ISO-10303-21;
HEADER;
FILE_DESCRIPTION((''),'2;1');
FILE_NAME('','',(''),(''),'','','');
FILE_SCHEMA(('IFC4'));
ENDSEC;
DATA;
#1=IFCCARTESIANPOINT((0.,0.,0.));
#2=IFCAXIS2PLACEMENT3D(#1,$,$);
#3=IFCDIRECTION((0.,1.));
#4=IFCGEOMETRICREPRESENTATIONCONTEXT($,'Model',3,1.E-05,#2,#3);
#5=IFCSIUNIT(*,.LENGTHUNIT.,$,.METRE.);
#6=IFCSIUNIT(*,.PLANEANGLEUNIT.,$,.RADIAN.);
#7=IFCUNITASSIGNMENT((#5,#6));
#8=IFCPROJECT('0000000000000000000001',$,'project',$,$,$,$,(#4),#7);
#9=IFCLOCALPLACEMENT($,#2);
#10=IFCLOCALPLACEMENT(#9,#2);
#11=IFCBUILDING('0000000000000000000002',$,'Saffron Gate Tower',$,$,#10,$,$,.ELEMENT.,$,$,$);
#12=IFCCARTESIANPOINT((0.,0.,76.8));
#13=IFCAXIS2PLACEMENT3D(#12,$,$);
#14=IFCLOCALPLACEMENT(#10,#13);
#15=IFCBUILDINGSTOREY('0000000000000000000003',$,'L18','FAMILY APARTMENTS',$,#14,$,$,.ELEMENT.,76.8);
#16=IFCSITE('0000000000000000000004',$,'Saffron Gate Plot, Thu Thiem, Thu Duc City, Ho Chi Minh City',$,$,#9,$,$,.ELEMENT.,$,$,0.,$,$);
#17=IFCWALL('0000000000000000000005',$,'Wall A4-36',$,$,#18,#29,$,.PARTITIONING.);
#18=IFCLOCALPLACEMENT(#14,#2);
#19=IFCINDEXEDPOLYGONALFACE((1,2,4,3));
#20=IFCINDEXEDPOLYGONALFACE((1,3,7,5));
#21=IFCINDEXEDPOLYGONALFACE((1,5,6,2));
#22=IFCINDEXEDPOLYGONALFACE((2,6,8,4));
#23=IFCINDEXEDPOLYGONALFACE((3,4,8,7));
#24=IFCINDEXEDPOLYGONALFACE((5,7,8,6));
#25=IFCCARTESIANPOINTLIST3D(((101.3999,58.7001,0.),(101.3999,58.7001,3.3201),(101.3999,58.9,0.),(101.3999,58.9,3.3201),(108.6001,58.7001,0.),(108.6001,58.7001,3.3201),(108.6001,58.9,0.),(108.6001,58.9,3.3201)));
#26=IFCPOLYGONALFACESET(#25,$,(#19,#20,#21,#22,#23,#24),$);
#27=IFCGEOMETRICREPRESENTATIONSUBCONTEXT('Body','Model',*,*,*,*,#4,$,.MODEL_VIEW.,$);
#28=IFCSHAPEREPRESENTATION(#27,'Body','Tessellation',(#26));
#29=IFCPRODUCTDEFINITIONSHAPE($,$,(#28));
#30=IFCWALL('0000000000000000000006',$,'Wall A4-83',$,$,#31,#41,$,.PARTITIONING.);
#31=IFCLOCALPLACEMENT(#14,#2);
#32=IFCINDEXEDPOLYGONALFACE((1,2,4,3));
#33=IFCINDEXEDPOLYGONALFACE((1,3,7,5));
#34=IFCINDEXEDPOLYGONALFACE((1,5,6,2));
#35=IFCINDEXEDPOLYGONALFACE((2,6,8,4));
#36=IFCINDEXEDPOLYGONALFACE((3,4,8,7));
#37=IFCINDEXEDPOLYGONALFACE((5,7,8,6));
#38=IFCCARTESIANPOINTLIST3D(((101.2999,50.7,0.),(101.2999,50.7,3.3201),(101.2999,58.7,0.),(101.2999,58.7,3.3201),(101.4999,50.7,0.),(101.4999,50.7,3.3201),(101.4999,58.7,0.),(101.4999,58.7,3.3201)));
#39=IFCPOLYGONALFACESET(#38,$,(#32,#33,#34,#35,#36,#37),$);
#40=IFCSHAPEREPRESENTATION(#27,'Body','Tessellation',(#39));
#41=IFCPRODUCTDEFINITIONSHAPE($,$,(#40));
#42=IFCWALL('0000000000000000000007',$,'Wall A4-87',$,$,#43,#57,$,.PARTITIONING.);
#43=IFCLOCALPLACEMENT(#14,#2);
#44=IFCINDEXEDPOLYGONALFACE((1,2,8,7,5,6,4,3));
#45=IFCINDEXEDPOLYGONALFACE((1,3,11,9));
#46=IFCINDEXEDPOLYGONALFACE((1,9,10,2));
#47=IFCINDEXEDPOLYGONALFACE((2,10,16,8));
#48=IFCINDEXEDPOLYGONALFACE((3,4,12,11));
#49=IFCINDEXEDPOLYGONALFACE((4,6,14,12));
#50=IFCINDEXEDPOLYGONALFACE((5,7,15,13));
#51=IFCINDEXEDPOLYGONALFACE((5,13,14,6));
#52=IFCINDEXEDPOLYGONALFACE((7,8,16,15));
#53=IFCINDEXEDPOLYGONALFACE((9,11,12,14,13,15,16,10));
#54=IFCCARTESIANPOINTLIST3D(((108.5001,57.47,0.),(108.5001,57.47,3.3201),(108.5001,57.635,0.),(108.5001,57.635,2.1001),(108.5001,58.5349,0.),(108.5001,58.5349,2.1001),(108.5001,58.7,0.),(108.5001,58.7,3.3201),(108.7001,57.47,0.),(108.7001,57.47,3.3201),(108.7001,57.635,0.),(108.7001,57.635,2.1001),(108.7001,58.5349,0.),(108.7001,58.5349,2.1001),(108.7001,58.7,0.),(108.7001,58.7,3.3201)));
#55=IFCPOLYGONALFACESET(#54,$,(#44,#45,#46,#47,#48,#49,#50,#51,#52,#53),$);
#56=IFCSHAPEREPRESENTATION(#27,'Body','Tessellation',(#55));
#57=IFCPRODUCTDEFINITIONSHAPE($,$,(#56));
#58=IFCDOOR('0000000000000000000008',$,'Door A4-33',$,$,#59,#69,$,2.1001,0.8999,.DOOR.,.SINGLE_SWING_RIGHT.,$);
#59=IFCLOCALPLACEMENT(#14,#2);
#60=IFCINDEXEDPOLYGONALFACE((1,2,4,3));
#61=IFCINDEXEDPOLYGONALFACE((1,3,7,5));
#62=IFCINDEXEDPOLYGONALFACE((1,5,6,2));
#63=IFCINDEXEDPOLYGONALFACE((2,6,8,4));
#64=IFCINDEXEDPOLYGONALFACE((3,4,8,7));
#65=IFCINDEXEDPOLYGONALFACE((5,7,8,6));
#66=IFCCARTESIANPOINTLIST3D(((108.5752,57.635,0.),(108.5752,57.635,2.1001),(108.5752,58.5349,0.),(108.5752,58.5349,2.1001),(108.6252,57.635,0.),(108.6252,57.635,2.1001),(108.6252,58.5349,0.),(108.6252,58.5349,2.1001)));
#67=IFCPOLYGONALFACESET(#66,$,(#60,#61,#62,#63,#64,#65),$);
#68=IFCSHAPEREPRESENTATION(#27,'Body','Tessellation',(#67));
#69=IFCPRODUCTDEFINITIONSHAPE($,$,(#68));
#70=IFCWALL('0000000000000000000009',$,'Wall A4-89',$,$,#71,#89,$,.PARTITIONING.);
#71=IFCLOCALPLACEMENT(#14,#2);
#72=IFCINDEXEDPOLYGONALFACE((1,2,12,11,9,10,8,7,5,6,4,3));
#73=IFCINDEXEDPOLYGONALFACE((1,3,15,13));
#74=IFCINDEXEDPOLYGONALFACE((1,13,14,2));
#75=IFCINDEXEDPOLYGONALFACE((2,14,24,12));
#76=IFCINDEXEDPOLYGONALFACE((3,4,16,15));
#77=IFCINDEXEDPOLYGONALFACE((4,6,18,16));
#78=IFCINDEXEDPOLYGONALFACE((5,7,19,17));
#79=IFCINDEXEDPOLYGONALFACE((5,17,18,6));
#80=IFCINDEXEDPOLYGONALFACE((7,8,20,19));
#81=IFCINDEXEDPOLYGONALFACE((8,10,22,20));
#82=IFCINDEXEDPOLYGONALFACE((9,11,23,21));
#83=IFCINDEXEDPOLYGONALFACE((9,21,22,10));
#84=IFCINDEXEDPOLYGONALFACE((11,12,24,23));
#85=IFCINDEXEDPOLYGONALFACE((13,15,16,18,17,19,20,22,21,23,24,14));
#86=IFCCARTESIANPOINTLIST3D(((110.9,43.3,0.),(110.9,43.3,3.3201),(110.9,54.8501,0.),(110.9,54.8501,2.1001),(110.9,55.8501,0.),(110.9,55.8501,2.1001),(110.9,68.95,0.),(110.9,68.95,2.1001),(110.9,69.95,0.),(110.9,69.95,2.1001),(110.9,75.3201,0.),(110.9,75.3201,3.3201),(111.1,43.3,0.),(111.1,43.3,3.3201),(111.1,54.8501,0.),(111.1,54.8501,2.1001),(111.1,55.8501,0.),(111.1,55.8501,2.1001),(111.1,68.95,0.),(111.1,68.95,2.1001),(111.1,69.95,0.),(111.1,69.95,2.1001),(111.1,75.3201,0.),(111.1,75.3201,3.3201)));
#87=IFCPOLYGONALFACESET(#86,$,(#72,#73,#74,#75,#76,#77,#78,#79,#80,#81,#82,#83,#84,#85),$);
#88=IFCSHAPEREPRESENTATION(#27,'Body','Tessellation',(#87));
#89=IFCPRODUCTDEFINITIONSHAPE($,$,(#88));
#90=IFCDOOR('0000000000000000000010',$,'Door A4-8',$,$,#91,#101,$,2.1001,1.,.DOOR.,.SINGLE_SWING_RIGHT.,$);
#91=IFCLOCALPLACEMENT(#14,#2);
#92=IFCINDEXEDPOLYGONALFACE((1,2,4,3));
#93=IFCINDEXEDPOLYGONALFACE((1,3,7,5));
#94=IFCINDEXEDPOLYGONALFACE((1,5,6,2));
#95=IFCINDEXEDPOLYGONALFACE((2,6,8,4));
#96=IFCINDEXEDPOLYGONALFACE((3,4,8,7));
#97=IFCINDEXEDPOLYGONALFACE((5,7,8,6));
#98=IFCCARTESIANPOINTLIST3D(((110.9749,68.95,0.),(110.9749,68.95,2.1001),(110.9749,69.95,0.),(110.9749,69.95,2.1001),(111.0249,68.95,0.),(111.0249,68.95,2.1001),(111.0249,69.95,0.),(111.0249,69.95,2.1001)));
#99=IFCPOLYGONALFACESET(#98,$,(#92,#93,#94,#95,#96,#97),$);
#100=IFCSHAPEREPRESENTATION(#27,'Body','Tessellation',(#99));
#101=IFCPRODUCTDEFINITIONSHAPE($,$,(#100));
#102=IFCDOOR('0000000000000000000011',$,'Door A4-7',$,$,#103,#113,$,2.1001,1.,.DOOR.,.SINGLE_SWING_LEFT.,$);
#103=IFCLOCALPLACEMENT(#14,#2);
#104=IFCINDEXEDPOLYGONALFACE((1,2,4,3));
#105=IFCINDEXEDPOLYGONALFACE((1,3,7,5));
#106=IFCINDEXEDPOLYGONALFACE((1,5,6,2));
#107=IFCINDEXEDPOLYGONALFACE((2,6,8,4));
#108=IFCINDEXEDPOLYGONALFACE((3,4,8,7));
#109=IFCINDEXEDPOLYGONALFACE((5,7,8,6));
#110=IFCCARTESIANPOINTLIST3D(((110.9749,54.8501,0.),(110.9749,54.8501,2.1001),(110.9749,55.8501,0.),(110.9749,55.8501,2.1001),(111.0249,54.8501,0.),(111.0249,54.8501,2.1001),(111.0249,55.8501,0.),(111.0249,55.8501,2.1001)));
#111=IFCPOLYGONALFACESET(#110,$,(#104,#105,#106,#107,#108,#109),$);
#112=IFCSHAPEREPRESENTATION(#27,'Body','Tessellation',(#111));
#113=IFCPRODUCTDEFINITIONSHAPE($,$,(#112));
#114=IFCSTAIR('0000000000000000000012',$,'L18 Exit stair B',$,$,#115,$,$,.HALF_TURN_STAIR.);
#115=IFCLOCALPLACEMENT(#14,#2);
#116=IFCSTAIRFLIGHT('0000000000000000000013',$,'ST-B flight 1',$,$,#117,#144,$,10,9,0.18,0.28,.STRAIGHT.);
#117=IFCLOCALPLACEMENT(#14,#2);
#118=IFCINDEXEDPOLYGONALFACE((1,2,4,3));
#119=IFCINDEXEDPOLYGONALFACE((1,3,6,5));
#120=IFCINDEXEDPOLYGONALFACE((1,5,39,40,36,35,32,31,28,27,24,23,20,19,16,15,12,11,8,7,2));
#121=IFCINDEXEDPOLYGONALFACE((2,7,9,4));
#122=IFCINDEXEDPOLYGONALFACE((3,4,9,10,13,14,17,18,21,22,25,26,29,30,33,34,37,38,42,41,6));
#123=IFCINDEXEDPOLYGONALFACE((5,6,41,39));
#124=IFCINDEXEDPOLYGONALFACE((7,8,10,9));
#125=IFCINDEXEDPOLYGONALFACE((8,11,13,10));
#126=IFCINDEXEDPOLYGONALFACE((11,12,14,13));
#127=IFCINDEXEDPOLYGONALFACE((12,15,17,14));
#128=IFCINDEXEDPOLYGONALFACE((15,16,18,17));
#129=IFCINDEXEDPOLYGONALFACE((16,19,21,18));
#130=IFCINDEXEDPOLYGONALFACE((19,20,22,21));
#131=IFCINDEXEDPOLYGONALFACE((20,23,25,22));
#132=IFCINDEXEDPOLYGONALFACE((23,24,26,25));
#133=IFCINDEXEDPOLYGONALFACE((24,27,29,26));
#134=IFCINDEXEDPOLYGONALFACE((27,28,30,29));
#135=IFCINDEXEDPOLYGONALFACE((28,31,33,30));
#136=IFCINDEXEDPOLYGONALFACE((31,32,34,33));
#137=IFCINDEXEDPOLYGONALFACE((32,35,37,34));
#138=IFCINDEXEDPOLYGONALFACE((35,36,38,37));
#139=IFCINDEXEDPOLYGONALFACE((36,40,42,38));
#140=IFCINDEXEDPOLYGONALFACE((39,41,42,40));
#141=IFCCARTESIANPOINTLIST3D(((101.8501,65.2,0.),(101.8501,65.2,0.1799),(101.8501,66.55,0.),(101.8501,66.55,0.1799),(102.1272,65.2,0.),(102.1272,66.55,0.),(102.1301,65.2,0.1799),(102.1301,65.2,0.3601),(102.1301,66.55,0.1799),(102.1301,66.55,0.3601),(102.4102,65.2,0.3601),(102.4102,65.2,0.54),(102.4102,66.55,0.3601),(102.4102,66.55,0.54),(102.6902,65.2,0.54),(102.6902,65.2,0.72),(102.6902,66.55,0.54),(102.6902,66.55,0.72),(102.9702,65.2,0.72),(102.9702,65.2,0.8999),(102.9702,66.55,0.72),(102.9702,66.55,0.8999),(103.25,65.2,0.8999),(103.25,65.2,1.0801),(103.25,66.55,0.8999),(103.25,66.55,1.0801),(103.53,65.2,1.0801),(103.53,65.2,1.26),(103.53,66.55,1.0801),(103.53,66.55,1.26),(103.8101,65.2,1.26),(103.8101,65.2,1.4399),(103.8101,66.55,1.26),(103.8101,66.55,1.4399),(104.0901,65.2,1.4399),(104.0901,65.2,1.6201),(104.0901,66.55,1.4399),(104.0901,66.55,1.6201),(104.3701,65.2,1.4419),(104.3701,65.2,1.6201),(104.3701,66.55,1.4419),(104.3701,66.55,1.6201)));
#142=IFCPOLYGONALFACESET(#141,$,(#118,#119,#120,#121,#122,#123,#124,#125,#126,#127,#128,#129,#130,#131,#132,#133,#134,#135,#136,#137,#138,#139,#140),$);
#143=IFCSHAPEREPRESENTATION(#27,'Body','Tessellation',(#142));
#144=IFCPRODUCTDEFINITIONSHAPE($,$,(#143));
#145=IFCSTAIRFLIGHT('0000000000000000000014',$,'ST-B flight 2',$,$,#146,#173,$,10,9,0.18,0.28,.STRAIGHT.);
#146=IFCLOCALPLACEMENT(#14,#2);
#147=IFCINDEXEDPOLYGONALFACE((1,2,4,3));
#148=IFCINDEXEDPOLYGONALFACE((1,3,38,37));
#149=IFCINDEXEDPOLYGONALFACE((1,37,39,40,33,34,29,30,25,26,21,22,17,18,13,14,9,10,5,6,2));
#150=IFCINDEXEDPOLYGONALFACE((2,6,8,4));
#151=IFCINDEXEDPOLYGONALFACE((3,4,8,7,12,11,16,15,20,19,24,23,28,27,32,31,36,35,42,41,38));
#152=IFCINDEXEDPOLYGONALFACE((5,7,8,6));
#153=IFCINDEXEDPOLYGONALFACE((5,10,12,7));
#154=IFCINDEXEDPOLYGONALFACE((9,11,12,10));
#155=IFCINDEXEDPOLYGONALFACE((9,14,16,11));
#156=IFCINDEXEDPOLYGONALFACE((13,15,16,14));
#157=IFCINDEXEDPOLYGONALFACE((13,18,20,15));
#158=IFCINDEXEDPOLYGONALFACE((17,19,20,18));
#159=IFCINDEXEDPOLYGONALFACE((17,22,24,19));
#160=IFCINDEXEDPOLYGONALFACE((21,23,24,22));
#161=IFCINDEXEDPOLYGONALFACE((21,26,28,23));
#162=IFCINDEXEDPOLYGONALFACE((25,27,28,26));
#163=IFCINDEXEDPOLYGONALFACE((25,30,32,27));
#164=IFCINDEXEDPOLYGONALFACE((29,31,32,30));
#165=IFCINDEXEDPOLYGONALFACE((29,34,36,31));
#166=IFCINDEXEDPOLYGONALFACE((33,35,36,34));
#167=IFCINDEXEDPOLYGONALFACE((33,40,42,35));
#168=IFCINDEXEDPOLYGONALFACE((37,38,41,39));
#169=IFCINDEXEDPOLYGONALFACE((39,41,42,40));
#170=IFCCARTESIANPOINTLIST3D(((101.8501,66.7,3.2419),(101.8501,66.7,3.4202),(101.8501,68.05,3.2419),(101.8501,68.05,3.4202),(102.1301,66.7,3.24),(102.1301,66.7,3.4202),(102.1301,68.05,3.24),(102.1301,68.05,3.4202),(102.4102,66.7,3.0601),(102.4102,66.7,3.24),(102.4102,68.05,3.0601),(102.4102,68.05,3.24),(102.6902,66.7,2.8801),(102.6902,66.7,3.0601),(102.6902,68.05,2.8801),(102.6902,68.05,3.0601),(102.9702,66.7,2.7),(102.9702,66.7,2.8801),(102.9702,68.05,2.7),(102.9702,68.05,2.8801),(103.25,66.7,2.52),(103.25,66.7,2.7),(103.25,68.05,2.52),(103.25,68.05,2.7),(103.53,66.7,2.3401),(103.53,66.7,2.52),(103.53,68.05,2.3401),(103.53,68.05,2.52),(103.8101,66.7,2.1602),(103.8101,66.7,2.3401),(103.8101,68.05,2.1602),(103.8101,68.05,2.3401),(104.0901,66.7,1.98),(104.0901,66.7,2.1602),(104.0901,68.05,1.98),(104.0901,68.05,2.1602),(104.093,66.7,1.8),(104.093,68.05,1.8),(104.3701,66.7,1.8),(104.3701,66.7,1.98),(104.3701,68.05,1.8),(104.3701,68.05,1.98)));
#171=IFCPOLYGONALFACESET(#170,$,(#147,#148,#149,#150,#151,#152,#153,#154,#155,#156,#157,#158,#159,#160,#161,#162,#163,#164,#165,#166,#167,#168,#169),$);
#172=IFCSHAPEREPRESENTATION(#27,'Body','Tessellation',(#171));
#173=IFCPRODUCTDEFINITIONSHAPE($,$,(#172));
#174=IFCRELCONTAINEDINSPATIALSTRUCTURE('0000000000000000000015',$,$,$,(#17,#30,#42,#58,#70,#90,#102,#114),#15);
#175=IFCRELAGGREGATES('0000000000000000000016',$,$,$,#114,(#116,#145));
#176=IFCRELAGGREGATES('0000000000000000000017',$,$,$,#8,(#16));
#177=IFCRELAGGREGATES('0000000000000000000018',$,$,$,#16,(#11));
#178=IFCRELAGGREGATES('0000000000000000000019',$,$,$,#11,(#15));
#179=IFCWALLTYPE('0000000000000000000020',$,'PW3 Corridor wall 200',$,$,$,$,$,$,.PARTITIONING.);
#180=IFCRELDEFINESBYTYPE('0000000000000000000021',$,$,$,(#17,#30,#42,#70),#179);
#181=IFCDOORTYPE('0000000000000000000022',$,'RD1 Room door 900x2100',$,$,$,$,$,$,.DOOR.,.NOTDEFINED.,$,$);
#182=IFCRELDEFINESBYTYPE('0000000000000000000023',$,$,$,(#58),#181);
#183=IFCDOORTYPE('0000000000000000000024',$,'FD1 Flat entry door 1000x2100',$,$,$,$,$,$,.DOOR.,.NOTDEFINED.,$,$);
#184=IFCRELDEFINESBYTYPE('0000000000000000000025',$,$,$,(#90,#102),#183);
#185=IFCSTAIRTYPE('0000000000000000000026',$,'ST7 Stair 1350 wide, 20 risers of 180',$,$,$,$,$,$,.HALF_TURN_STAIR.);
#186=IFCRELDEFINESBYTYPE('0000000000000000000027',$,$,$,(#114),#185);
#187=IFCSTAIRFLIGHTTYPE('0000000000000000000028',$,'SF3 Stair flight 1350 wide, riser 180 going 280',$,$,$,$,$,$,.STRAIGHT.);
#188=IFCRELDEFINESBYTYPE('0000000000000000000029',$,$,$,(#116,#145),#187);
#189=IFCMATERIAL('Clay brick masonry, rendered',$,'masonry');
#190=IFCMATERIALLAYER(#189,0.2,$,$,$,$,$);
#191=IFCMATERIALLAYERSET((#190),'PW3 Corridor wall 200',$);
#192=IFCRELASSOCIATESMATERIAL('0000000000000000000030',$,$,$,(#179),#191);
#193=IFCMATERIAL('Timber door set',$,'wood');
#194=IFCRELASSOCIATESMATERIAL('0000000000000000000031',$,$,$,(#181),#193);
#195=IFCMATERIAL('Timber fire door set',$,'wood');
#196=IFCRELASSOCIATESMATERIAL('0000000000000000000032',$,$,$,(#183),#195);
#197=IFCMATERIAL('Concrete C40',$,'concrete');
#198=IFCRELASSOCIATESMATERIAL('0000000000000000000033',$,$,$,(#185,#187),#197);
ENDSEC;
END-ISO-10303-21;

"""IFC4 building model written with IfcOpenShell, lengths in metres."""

from ifc_helpers import new_model, si_unit, direction, frame, frame_2d, origin, place, context, subcontext, project, spatial, polyline, rectangle, outline, extrude, material, layer, layer_set, type_object, element, fill, aggregate, save


model = new_model("IFC4")

# Units and contexts
model_context = context("Model", 3, precision=1e-05, world=origin(), true_north=direction((0.0, 1.0)))
body_context = subcontext(model_context, "Body", "Model", "MODEL_VIEW")
ifc_project = project(units=[si_unit("LENGTHUNIT", "METRE"), si_unit("PLANEANGLEUNIT", "RADIAN")], contexts=[model_context])

# Site, building, storey
site_placement = place(None, origin())
site = spatial("IfcSite", under=ifc_project, at=site_placement, Name="Saffron Gate Plot, Thu Thiem, Thu Duc City, Ho Chi Minh City", CompositionType="ELEMENT", RefElevation=0.0)
building_placement = place(site_placement, origin())
building = spatial("IfcBuilding", under=site, at=building_placement, Name="Saffron Gate Tower", CompositionType="ELEMENT")
storey_placement = place(building_placement, frame((0.0, 0.0, 76.8)))
storey = spatial("IfcBuildingStorey", under=building, at=storey_placement, Name="L18", Description="FAMILY APARTMENTS", CompositionType="ELEMENT", Elevation=76.8)

# Walls
ifc_material_1 = material(Name="Clay brick masonry, rendered", Category="masonry")
ifc_layer_1 = layer(ifc_material_1, 0.2)
ifc_layer_set_1 = layer_set([ifc_layer_1], Name="PW3 Corridor wall 200")
wall_type_1 = type_object("IfcWallType", Name="PW3 Corridor wall 200", PredefinedType="PARTITIONING", material=ifc_layer_set_1)
wall_1_placement = place(storey_placement, frame((101.3999, 58.8, 0.0), z_axis=(0.0, 0.0, 1.0), x_axis=(1.0, 0.0, 0.0)))
element("IfcWall", 1, at=wall_1_placement, inside=storey, type_object=wall_type_1, Name="Wall A4-36", PredefinedType="PARTITIONING", context=body_context, shape_type="SweptSolid", body=[
    extrude(rectangle(XDim=7.2002, YDim=0.2, at=frame_2d((3.6001, 0.0))), origin(), (0.0, 0.0, 1.0), 3.3201),
])
wall_2_placement = place(storey_placement, frame((101.3999, 58.7, 0.0), z_axis=(0.0, 0.0, 1.0), x_axis=(0.0, -1.0, 0.0)))
element("IfcWall", 2, at=wall_2_placement, inside=storey, type_object=wall_type_1, Name="Wall A4-83", PredefinedType="PARTITIONING", context=body_context, shape_type="SweptSolid", body=[
    extrude(rectangle(XDim=8.0, YDim=0.2, at=frame_2d((4.0, 0.0))), origin(), (0.0, 0.0, 1.0), 3.3201),
])

# Wall, opening, door
wall_3_placement = place(storey_placement, frame((108.6001, 57.47, 0.0), z_axis=(0.0, 0.0, 1.0), x_axis=(0.0, 1.0, 0.0)))
wall_3 = element("IfcWall", 3, at=wall_3_placement, inside=storey, type_object=wall_type_1, Name="Wall A4-87", PredefinedType="PARTITIONING", context=body_context, shape_type="SweptSolid", body=[
    extrude(rectangle(XDim=1.23, YDim=0.2, at=frame_2d((0.615, 0.0))), origin(), (0.0, 0.0, 1.0), 3.3201),
])
opening_1_placement = place(wall_3_placement, frame((0.165, 0.0, 0.0)))
opening_1 = element("IfcOpeningElement", 4, at=opening_1_placement, cuts=wall_3, PredefinedType="OPENING", context=body_context, shape_type="SweptSolid", body=[
    extrude(rectangle(XDim=0.8999, YDim=2.1001, at=frame_2d((0.45, 1.05))), frame((0.0, 0.1099, 0.0), z_axis=(0.0, -1.0, 0.0), x_axis=(1.0, 0.0, 0.0)), (0.0, 0.0, 1.0), 0.22),
])
ifc_material_2 = material(Name="Timber door set", Category="wood")
door_type_1 = type_object("IfcDoorType", Name="RD1 Room door 900x2100", OperationType="NOTDEFINED", PredefinedType="DOOR", material=ifc_material_2)
door_1_placement = place(opening_1_placement, origin())
door_1 = element("IfcDoor", 5, at=door_1_placement, inside=storey, type_object=door_type_1, Name="Door A4-33", OperationType="SINGLE_SWING_RIGHT", OverallHeight=2.1001, OverallWidth=0.8999, PredefinedType="DOOR", context=body_context, shape_type="SweptSolid", body=[
    extrude(rectangle(XDim=0.8999, YDim=2.1001, at=frame_2d((0.45, 1.05))), frame((0.0, 0.0249, 0.0), z_axis=(0.0, -1.0, 0.0), x_axis=(1.0, 0.0, 0.0)), (0.0, 0.0, 1.0), 0.05),
])
fill(opening_1, door_1)

# Wall, openings, doors
wall_4_placement = place(storey_placement, frame((111.0, 75.3201, 0.0), z_axis=(0.0, 0.0, 1.0), x_axis=(0.0, -1.0, 0.0)))
wall_4 = element("IfcWall", 6, at=wall_4_placement, inside=storey, type_object=wall_type_1, Name="Wall A4-89", PredefinedType="PARTITIONING", context=body_context, shape_type="SweptSolid", body=[
    extrude(rectangle(XDim=32.02, YDim=0.2, at=frame_2d((16.01, 0.0))), origin(), (0.0, 0.0, 1.0), 3.3201),
])
opening_2_placement = place(wall_4_placement, frame((5.3701, 0.0, 0.0)))
opening_2 = element("IfcOpeningElement", 7, at=opening_2_placement, cuts=wall_4, PredefinedType="OPENING", context=body_context, shape_type="SweptSolid", body=[
    extrude(rectangle(XDim=1.0, YDim=2.1001, at=frame_2d((0.5, 1.05))), frame((0.0, 0.1099, 0.0), z_axis=(0.0, -1.0, 0.0), x_axis=(1.0, 0.0, 0.0)), (0.0, 0.0, 1.0), 0.22),
])
opening_3_placement = place(wall_4_placement, frame((19.47, 0.0, 0.0)))
opening_3 = element("IfcOpeningElement", 8, at=opening_3_placement, cuts=wall_4, PredefinedType="OPENING", context=body_context, shape_type="SweptSolid", body=[
    extrude(rectangle(XDim=1.0, YDim=2.1001, at=frame_2d((0.5, 1.05))), frame((0.0, 0.1099, 0.0), z_axis=(0.0, -1.0, 0.0), x_axis=(1.0, 0.0, 0.0)), (0.0, 0.0, 1.0), 0.22),
])
ifc_material_3 = material(Name="Timber fire door set", Category="wood")
door_type_2 = type_object("IfcDoorType", Name="FD1 Flat entry door 1000x2100", OperationType="NOTDEFINED", PredefinedType="DOOR", material=ifc_material_3)
door_2_placement = place(opening_2_placement, origin())
door_2 = element("IfcDoor", 9, at=door_2_placement, inside=storey, type_object=door_type_2, Name="Door A4-8", OperationType="SINGLE_SWING_RIGHT", OverallHeight=2.1001, OverallWidth=1.0, PredefinedType="DOOR", context=body_context, shape_type="SweptSolid", body=[
    extrude(rectangle(XDim=1.0, YDim=2.1001, at=frame_2d((0.5, 1.05))), frame((0.0, 0.0249, 0.0), z_axis=(0.0, -1.0, 0.0), x_axis=(1.0, 0.0, 0.0)), (0.0, 0.0, 1.0), 0.05),
])
fill(opening_2, door_2)
door_3_placement = place(opening_3_placement, origin())
door_3 = element("IfcDoor", 10, at=door_3_placement, inside=storey, type_object=door_type_2, Name="Door A4-7", OperationType="SINGLE_SWING_LEFT", OverallHeight=2.1001, OverallWidth=1.0, PredefinedType="DOOR", context=body_context, shape_type="SweptSolid", body=[
    extrude(rectangle(XDim=1.0, YDim=2.1001, at=frame_2d((0.5, 1.05))), frame((0.0, 0.0249, 0.0), z_axis=(0.0, -1.0, 0.0), x_axis=(1.0, 0.0, 0.0)), (0.0, 0.0, 1.0), 0.05),
])
fill(opening_3, door_3)

# Stair, stair flights
ifc_material_4 = material(Name="Concrete C40", Category="concrete")
stair_type = type_object("IfcStairType", Name="ST7 Stair 1350 wide, 20 risers of 180", PredefinedType="HALF_TURN_STAIR", material=ifc_material_4)
stair_placement = place(storey_placement, origin())
stair = element("IfcStair", 11, at=stair_placement, inside=storey, type_object=stair_type, Name="L18 Exit stair B", PredefinedType="HALF_TURN_STAIR")
stair_flight_type = type_object("IfcStairFlightType", Name="SF3 Stair flight 1350 wide, riser 180 going 280", PredefinedType="STRAIGHT", material=ifc_material_4)
stair_flight_1_placement = place(storey_placement, frame((101.8501, 65.875, 0.0), z_axis=(0.0, 0.0, 1.0), x_axis=(1.0, 0.0, 0.0)))
stair_flight_1 = element("IfcStairFlight", 12, at=stair_flight_1_placement, type_object=stair_flight_type, Name="ST-B flight 1", NumberOfRisers=10, NumberOfTreads=9, PredefinedType="STRAIGHT", RiserHeight=0.18, TreadLength=0.28, context=body_context, shape_type="SweptSolid", body=[
    extrude(outline(polyline([(0.0, 0.0), (0.0, 0.1799), (0.28, 0.1799), (0.28, 0.3601), (0.5601, 0.3601), (0.5601, 0.54), (0.8401, 0.54), (0.8401, 0.72), (1.1201, 0.72), (1.1201, 0.8999), (1.3999, 0.8999), (1.3999, 1.0801), (1.6799, 1.0801), (1.6799, 1.26), (1.96, 1.26), (1.96, 1.4399), (2.24, 1.4399), (2.24, 1.6201), (2.52, 1.6201), (2.52, 1.8), (2.52, 1.4419), (0.2771, 0.0), (0.0, 0.0)])), frame((0.0, 0.675, 0.0), z_axis=(0.0, -1.0, 0.0), x_axis=(1.0, 0.0, 0.0)), (0.0, 0.0, 1.0), 1.3501),
])
stair_flight_2_placement = place(storey_placement, frame((104.3701, 67.375, 1.8), z_axis=(0.0, 0.0, 1.0), x_axis=(-1.0, 0.0, 0.0)))
stair_flight_2 = element("IfcStairFlight", 13, at=stair_flight_2_placement, type_object=stair_flight_type, Name="ST-B flight 2", NumberOfRisers=10, NumberOfTreads=9, PredefinedType="STRAIGHT", RiserHeight=0.18, TreadLength=0.28, context=body_context, shape_type="SweptSolid", body=[
    extrude(outline(polyline([(0.0, 0.0), (0.0, 0.1799), (0.28, 0.1799), (0.28, 0.3601), (0.5601, 0.3601), (0.5601, 0.54), (0.8401, 0.54), (0.8401, 0.72), (1.1201, 0.72), (1.1201, 0.8999), (1.3999, 0.8999), (1.3999, 1.0801), (1.6799, 1.0801), (1.6799, 1.26), (1.96, 1.26), (1.96, 1.4399), (2.24, 1.4399), (2.24, 1.6201), (2.52, 1.6201), (2.52, 1.8), (2.52, 1.4419), (0.2771, 0.0), (0.0, 0.0)])), frame((0.0, 0.675, 0.0), z_axis=(0.0, -1.0, 0.0), x_axis=(1.0, 0.0, 0.0)), (0.0, 0.0, 1.0), 1.3501),
])
aggregate(stair, [stair_flight_1, stair_flight_2])

save(model, "model.ifc")
